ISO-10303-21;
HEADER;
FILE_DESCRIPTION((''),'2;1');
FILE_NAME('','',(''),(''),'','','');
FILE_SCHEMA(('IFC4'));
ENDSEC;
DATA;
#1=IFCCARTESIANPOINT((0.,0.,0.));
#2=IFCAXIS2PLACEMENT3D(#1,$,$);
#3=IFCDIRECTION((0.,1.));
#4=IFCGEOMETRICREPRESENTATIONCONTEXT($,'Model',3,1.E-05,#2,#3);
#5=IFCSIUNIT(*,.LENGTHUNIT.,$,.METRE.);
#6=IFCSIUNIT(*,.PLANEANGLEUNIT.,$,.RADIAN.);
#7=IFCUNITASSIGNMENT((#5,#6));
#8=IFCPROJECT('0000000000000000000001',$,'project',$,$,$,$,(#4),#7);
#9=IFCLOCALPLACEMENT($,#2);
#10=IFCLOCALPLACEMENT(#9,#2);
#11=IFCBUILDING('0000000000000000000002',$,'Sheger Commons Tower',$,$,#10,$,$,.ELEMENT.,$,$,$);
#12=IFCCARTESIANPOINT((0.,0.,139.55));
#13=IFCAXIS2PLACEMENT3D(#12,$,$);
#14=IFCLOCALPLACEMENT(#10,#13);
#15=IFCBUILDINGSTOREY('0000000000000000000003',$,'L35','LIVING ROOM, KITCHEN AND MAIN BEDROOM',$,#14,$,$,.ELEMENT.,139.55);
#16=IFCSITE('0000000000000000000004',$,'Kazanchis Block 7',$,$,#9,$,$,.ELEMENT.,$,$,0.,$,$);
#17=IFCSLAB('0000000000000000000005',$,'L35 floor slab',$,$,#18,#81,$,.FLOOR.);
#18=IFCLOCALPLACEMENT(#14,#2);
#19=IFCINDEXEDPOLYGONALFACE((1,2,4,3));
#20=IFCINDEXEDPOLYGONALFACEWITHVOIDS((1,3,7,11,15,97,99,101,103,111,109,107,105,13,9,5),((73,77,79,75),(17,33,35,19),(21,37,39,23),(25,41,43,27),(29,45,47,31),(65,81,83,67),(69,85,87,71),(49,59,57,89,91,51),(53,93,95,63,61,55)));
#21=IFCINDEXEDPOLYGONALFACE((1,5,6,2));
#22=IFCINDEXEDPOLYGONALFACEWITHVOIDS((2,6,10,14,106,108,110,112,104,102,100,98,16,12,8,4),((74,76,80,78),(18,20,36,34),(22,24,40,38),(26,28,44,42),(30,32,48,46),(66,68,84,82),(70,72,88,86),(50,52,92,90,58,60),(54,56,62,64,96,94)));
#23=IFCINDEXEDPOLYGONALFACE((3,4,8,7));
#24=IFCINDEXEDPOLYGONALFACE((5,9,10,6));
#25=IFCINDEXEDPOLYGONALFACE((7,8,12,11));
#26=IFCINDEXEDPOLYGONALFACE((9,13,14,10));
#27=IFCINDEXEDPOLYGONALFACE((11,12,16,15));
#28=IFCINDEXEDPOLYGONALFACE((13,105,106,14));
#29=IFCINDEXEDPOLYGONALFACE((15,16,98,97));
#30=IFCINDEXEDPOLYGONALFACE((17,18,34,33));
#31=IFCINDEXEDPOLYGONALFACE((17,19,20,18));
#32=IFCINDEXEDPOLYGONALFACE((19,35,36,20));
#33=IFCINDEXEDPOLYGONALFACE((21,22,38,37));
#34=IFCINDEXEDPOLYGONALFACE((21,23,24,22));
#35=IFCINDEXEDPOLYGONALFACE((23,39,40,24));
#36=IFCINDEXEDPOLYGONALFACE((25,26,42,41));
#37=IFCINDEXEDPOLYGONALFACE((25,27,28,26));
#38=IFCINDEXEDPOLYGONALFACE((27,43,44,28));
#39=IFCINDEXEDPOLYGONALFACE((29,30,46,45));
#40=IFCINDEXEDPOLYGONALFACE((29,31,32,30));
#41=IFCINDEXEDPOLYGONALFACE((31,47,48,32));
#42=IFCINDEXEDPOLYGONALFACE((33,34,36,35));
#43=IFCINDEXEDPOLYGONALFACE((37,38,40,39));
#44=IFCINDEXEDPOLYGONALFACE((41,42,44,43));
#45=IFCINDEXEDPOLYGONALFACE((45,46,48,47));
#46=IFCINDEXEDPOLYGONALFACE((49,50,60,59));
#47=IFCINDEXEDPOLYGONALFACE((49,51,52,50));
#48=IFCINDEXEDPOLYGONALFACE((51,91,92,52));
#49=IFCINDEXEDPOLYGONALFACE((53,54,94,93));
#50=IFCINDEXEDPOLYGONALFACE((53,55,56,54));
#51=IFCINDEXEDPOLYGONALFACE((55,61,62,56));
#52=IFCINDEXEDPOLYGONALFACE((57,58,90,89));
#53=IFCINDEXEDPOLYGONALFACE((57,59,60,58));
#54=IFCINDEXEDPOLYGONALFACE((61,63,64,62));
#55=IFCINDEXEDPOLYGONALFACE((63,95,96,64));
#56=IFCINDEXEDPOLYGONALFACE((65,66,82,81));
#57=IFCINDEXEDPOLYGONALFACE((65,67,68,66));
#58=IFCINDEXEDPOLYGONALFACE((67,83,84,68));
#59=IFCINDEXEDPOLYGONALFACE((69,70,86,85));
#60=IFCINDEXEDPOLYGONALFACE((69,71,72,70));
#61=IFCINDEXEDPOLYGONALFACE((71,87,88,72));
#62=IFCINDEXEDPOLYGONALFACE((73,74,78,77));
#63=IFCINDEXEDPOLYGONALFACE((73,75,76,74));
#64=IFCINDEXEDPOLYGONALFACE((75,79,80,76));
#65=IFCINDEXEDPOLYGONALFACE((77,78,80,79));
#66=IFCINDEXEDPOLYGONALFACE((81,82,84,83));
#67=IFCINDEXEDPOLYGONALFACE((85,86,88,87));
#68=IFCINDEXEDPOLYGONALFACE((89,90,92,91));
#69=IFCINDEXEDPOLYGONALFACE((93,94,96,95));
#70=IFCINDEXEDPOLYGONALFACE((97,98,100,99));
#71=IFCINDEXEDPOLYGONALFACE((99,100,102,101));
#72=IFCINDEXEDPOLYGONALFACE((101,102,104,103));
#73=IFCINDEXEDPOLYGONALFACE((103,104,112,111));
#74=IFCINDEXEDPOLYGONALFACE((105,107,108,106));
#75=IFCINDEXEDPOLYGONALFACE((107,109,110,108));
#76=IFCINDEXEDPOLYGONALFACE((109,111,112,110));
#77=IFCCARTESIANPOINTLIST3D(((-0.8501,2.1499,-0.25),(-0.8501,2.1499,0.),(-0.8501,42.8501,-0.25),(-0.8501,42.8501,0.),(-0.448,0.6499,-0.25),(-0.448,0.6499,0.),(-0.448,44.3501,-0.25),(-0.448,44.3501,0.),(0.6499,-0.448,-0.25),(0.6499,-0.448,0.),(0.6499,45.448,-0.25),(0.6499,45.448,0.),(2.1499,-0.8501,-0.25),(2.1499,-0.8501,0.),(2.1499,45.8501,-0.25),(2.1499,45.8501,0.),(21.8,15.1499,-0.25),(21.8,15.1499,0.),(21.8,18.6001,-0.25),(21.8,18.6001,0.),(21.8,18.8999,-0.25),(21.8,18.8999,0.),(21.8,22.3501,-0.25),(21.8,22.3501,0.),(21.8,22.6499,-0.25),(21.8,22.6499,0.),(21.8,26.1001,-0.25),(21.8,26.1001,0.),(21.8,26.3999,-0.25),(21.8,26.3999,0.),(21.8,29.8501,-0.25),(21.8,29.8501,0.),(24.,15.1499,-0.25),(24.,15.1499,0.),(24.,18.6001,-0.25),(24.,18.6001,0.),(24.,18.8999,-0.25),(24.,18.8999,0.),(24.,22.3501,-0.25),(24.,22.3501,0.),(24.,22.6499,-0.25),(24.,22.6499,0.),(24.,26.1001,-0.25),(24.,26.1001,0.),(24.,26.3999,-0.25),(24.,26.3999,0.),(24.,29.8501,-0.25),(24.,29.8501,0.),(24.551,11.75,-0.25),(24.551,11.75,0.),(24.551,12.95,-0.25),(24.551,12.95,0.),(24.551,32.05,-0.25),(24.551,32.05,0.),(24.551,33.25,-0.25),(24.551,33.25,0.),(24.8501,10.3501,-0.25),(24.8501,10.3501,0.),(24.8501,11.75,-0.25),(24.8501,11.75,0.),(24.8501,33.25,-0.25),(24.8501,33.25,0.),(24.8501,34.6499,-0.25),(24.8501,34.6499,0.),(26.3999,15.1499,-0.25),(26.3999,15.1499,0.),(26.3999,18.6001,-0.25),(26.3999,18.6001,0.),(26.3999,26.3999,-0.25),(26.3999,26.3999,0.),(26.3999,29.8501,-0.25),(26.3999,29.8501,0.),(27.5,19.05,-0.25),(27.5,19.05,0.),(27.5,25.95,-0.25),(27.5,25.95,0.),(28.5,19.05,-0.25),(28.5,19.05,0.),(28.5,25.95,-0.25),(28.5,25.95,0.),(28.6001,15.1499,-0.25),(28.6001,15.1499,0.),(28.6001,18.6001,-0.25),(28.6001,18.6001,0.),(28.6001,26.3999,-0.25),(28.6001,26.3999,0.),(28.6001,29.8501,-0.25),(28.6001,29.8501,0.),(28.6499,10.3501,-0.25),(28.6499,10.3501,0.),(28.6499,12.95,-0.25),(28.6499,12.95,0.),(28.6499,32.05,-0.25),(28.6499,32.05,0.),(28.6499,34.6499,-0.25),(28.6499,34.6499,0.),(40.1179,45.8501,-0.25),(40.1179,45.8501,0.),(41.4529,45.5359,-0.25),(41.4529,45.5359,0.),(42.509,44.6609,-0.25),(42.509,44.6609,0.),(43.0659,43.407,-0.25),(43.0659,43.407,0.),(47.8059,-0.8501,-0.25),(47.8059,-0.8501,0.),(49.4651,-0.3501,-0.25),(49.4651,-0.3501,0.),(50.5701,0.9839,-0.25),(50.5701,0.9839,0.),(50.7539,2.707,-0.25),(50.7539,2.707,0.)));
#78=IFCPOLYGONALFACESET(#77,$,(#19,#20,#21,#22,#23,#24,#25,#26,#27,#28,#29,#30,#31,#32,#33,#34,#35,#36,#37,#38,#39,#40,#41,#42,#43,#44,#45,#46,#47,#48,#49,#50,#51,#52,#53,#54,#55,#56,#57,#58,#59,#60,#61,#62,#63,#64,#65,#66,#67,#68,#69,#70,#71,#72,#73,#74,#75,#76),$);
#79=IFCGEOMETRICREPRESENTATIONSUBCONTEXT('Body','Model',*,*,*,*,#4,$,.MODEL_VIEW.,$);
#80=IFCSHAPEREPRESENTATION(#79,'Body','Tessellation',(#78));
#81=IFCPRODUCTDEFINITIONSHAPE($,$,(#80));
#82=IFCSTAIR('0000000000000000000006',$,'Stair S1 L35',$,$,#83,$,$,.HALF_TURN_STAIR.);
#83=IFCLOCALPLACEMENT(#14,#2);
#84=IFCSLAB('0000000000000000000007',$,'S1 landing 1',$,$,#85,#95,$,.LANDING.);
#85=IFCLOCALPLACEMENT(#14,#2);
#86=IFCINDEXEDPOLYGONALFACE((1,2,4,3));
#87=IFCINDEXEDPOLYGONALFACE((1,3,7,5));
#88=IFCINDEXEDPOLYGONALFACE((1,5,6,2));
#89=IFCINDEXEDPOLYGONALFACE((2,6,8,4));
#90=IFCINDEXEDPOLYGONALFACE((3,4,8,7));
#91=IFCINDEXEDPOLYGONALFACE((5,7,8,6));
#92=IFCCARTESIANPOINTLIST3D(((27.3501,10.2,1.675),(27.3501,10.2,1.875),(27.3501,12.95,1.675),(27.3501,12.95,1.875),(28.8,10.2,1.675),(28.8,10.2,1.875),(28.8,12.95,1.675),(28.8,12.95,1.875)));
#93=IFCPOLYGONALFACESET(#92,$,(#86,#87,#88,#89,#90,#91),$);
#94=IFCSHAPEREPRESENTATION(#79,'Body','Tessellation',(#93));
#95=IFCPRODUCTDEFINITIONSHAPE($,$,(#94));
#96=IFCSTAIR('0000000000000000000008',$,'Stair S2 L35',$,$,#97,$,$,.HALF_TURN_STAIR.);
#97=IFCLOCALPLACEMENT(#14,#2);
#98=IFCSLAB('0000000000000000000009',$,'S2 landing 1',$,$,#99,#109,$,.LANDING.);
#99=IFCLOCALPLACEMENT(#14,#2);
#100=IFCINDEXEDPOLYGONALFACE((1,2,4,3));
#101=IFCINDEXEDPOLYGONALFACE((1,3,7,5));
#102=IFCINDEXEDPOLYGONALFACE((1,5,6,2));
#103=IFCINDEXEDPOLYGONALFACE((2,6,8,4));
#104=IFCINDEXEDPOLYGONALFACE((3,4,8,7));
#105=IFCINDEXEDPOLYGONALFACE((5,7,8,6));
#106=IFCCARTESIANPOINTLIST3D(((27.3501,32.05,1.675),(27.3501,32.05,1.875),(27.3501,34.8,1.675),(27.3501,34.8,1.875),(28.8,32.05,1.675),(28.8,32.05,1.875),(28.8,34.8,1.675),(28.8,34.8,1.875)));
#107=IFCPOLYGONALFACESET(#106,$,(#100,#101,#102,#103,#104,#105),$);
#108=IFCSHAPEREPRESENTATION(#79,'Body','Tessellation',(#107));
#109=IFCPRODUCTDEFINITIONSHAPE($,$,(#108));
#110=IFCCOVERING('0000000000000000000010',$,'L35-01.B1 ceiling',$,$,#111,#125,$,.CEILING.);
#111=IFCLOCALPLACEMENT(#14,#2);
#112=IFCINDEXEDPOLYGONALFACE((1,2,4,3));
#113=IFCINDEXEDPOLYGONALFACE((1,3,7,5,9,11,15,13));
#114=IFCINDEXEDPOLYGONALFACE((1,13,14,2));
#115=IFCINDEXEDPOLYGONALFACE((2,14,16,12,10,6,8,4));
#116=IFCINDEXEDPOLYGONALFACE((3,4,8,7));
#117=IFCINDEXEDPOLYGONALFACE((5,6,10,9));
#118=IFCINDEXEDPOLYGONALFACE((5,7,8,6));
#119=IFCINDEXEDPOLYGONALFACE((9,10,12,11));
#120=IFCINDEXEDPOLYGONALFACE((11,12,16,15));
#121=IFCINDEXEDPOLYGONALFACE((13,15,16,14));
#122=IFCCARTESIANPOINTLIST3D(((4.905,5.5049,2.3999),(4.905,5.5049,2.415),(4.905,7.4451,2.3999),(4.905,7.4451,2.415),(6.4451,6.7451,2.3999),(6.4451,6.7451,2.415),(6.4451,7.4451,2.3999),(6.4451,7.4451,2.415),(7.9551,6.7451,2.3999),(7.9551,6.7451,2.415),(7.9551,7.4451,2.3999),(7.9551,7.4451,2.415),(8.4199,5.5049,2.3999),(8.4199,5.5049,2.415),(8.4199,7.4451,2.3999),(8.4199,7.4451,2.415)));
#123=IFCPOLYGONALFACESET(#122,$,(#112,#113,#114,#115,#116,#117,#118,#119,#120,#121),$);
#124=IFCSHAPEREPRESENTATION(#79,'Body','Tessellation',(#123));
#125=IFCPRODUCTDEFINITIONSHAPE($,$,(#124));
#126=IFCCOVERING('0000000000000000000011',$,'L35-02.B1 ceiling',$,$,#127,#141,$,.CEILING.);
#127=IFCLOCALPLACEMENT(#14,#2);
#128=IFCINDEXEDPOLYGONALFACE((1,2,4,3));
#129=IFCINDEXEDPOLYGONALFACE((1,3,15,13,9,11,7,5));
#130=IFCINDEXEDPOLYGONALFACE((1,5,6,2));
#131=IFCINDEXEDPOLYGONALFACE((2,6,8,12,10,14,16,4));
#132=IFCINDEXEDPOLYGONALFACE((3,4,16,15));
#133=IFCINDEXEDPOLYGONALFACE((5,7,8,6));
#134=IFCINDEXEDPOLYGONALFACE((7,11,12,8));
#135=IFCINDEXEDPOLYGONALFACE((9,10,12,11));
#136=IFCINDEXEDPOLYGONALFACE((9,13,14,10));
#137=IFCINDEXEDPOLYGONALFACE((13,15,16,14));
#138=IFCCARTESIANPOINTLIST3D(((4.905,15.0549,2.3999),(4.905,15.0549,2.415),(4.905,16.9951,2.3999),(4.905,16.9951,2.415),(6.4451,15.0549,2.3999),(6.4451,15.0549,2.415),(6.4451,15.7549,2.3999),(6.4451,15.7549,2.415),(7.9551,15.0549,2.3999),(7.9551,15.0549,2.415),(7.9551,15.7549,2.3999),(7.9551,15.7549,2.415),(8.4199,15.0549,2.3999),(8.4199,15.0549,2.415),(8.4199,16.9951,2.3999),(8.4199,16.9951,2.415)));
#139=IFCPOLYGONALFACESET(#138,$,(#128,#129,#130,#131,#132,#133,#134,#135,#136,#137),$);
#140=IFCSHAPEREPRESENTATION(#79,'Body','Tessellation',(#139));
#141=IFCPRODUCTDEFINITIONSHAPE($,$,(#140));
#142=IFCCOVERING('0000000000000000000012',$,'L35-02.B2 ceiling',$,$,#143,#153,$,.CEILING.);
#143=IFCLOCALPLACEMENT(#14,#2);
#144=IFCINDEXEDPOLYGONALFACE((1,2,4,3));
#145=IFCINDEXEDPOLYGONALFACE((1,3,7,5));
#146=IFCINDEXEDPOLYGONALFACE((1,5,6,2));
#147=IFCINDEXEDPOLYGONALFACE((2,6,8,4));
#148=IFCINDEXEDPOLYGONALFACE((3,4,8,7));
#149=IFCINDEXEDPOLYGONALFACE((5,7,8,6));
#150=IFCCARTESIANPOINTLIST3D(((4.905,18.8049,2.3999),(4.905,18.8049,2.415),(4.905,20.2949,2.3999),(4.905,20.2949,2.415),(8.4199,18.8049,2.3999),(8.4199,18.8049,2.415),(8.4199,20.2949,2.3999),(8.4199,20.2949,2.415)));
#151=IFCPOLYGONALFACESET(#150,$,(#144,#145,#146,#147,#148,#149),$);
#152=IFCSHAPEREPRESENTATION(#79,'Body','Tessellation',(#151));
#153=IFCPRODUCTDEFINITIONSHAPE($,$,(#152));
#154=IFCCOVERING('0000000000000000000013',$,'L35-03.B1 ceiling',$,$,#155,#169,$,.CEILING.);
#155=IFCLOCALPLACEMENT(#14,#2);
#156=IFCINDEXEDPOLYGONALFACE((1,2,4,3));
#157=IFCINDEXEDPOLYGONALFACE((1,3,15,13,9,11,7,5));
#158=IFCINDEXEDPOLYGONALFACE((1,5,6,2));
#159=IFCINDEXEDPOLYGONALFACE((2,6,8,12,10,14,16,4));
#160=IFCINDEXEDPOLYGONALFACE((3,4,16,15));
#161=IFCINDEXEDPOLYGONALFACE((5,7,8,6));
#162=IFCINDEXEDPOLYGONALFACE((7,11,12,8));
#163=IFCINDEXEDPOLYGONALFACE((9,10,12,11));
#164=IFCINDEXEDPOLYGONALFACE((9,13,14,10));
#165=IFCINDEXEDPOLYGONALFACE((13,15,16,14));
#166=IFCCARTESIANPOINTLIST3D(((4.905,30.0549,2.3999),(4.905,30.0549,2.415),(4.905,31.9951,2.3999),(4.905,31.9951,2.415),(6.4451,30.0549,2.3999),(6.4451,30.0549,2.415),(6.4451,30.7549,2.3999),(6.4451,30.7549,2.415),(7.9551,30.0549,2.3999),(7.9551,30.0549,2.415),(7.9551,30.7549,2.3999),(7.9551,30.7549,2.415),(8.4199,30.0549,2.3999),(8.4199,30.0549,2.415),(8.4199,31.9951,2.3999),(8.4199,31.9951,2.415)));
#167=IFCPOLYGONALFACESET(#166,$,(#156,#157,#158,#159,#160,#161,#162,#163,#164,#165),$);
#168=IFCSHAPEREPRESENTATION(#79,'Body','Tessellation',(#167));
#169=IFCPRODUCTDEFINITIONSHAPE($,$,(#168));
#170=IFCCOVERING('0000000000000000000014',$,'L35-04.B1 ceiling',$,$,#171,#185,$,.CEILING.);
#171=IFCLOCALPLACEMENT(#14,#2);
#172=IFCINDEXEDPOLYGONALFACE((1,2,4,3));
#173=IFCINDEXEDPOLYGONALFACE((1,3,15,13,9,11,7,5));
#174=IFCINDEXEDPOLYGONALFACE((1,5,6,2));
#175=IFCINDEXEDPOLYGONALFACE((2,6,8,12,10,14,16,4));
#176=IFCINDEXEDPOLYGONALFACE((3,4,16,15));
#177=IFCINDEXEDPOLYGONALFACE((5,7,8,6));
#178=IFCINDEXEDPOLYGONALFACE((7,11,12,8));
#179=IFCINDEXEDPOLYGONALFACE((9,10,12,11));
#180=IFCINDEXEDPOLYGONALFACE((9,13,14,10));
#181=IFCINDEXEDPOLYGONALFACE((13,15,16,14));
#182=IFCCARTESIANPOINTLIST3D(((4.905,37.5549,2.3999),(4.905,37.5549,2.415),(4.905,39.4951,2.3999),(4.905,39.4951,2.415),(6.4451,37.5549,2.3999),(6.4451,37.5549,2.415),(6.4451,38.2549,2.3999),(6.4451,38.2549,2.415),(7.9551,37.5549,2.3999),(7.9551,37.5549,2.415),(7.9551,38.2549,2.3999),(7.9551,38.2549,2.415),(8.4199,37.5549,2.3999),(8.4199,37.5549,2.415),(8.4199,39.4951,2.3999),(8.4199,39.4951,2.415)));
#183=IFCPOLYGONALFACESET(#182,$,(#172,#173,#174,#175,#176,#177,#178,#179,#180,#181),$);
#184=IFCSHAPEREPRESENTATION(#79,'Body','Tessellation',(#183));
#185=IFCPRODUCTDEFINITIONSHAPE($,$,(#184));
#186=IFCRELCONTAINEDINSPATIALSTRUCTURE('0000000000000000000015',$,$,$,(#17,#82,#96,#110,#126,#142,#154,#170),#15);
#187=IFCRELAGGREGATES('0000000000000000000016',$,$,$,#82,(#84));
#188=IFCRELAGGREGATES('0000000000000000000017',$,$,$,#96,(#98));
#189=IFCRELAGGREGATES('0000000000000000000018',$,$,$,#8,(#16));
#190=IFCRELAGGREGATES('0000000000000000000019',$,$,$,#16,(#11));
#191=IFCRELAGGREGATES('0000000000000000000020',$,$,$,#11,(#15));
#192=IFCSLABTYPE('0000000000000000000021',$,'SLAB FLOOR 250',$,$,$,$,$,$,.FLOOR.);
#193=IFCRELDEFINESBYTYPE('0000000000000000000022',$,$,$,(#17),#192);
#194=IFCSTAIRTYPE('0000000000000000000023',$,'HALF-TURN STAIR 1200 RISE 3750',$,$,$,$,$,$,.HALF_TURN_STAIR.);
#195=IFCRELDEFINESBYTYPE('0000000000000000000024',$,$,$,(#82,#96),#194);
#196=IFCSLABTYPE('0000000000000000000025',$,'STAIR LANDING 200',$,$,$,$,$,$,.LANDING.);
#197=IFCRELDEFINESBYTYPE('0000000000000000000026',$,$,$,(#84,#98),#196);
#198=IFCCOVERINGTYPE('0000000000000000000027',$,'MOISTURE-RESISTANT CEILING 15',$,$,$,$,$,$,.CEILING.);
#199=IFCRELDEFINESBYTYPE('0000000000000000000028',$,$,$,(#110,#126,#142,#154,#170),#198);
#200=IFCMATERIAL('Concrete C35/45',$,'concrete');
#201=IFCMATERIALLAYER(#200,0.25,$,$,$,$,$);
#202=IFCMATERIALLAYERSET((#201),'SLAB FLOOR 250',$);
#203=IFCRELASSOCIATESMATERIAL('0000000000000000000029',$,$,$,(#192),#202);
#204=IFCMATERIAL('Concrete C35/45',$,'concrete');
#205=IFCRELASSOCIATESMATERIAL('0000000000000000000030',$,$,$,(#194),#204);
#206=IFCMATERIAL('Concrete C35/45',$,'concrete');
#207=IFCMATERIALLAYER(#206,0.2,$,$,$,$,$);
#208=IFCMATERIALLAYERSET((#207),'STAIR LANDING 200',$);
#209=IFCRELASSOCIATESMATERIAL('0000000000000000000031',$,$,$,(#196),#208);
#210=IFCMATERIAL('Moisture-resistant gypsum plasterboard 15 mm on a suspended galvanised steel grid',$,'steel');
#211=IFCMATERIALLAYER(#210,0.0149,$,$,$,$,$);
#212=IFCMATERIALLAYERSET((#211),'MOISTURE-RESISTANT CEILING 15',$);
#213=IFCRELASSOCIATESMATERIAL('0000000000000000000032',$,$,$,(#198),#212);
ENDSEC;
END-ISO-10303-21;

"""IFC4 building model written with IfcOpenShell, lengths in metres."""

from ifc_helpers import new_model, si_unit, direction, frame, origin, place, context, subcontext, project, spatial, polyline, outline, extrude, material, layer, layer_set, type_object, element, aggregate, save


model = new_model("IFC4")

# Units and contexts
model_context = context("Model", 3, precision=1e-05, world=origin(), true_north=direction((0.0, 1.0)))
body_context = subcontext(model_context, "Body", "Model", "MODEL_VIEW")
ifc_project = project(units=[si_unit("LENGTHUNIT", "METRE"), si_unit("PLANEANGLEUNIT", "RADIAN")], contexts=[model_context])

# Site, building, storey
site_placement = place(None, origin())
site = spatial("IfcSite", under=ifc_project, at=site_placement, Name="Kazanchis Block 7", CompositionType="ELEMENT", RefElevation=0.0)
building_placement = place(site_placement, origin())
building = spatial("IfcBuilding", under=site, at=building_placement, Name="Sheger Commons Tower", CompositionType="ELEMENT")
storey_placement = place(building_placement, frame((0.0, 0.0, 139.55)))
storey = spatial("IfcBuildingStorey", under=building, at=storey_placement, Name="L35", Description="LIVING ROOM, KITCHEN AND MAIN BEDROOM", CompositionType="ELEMENT", Elevation=139.55)

# Slab
ifc_material_1 = material(Name="Concrete C35/45", Category="concrete")
ifc_layer_1 = layer(ifc_material_1, 0.25)
ifc_layer_set_1 = layer_set([ifc_layer_1], Name="SLAB FLOOR 250")
slab_type_1 = type_object("IfcSlabType", Name="SLAB FLOOR 250", PredefinedType="FLOOR", material=ifc_layer_set_1)
slab_1_placement = place(storey_placement, frame((0.0, 0.0, -0.25)))
element("IfcSlab", 1, at=slab_1_placement, inside=storey, type_object=slab_type_1, Name="L35 floor slab", PredefinedType="FLOOR", context=body_context, shape_type="SweptSolid", body=[
    extrude(outline(polyline([(-0.8501, 2.1499), (-0.448, 0.6499), (0.6499, -0.448), (2.1499, -0.8501), (47.8059, -0.8501), (49.4651, -0.3501), (50.5701, 0.9839), (50.7539, 2.707), (43.0659, 43.407), (42.509, 44.6609), (41.4529, 45.5359), (40.1179, 45.8501), (2.1499, 45.8501), (0.6499, 45.448), (-0.448, 44.3501), (-0.8501, 42.8501), (-0.8501, 2.1499)]), holes=[polyline([(24.8501, 10.3501), (28.6499, 10.3501), (28.6499, 12.95), (24.551, 12.95), (24.551, 11.75), (24.8501, 11.75), (24.8501, 10.3501)]), polyline([(24.551, 32.05), (28.6499, 32.05), (28.6499, 34.6499), (24.8501, 34.6499), (24.8501, 33.25), (24.551, 33.25), (24.551, 32.05)]), polyline([(26.3999, 15.1499), (28.6001, 15.1499), (28.6001, 18.6001), (26.3999, 18.6001), (26.3999, 15.1499)]), polyline([(26.3999, 26.3999), (28.6001, 26.3999), (28.6001, 29.8501), (26.3999, 29.8501), (26.3999, 26.3999)]), polyline([(21.8, 15.1499), (24.0, 15.1499), (24.0, 18.6001), (21.8, 18.6001), (21.8, 15.1499)]), polyline([(21.8, 18.8999), (24.0, 18.8999), (24.0, 22.3501), (21.8, 22.3501), (21.8, 18.8999)]), polyline([(21.8, 22.6499), (24.0, 22.6499), (24.0, 26.1001), (21.8, 26.1001), (21.8, 22.6499)]), polyline([(21.8, 26.3999), (24.0, 26.3999), (24.0, 29.8501), (21.8, 29.8501), (21.8, 26.3999)]), polyline([(27.5, 19.05), (28.5, 19.05), (28.5, 25.95), (27.5, 25.95), (27.5, 19.05)])]), origin(), (0.0, 0.0, 1.0), 0.25),
])

# Stairs, slabs
ifc_material_2 = material(Name="Concrete C35/45", Category="concrete")
stair_type = type_object("IfcStairType", Name="HALF-TURN STAIR 1200 RISE 3750", PredefinedType="HALF_TURN_STAIR", material=ifc_material_2)
stair_1_placement = place(storey_placement, origin())
stair_1 = element("IfcStair", 2, at=stair_1_placement, inside=storey, type_object=stair_type, Name="Stair S1 L35", PredefinedType="HALF_TURN_STAIR")
ifc_material_3 = material(Name="Concrete C35/45", Category="concrete")
ifc_layer_2 = layer(ifc_material_3, 0.2)
ifc_layer_set_2 = layer_set([ifc_layer_2], Name="STAIR LANDING 200")
slab_type_2 = type_object("IfcSlabType", Name="STAIR LANDING 200", PredefinedType="LANDING", material=ifc_layer_set_2)
slab_2_placement = place(storey_placement, frame((0.0, 0.0, 1.675)))
slab_2 = element("IfcSlab", 3, at=slab_2_placement, type_object=slab_type_2, Name="S1 landing 1", PredefinedType="LANDING", context=body_context, shape_type="SweptSolid", body=[
    extrude(outline(polyline([(27.3501, 10.2), (28.8, 10.2), (28.8, 12.95), (27.3501, 12.95), (27.3501, 10.2)])), origin(), (0.0, 0.0, 1.0), 0.2),
])
aggregate(stair_1, [slab_2])
stair_2_placement = place(storey_placement, origin())
stair_2 = element("IfcStair", 4, at=stair_2_placement, inside=storey, type_object=stair_type, Name="Stair S2 L35", PredefinedType="HALF_TURN_STAIR")
slab_3_placement = place(storey_placement, frame((0.0, 0.0, 1.675)))
slab_3 = element("IfcSlab", 5, at=slab_3_placement, type_object=slab_type_2, Name="S2 landing 1", PredefinedType="LANDING", context=body_context, shape_type="SweptSolid", body=[
    extrude(outline(polyline([(27.3501, 32.05), (28.8, 32.05), (28.8, 34.8), (27.3501, 34.8), (27.3501, 32.05)])), origin(), (0.0, 0.0, 1.0), 0.2),
])
aggregate(stair_2, [slab_3])

# Coverings
ifc_material_4 = material(Name="Moisture-resistant gypsum plasterboard 15 mm on a suspended galvanised steel grid", Category="steel")
ifc_layer_3 = layer(ifc_material_4, 0.0149)
ifc_layer_set_3 = layer_set([ifc_layer_3], Name="MOISTURE-RESISTANT CEILING 15")
covering_type_1 = type_object("IfcCoveringType", Name="MOISTURE-RESISTANT CEILING 15", PredefinedType="CEILING", material=ifc_layer_set_3)
covering_1_placement = place(storey_placement, frame((0.0, 0.0, 2.3999)))
element("IfcCovering", 6, at=covering_1_placement, inside=storey, type_object=covering_type_1, Name="L35-01.B1 ceiling", PredefinedType="CEILING", context=body_context, shape_type="SweptSolid", body=[
    extrude(outline(polyline([(4.905, 5.5049), (8.4199, 5.5049), (8.4199, 7.4451), (7.9551, 7.4451), (7.9551, 6.7451), (6.4451, 6.7451), (6.4451, 7.4451), (4.905, 7.4451), (4.905, 5.5049)])), origin(), (0.0, 0.0, 1.0), 0.0151),
])
covering_2_placement = place(storey_placement, frame((0.0, 0.0, 2.3999)))
element("IfcCovering", 7, at=covering_2_placement, inside=storey, type_object=covering_type_1, Name="L35-02.B1 ceiling", PredefinedType="CEILING", context=body_context, shape_type="SweptSolid", body=[
    extrude(outline(polyline([(4.905, 15.0549), (6.4451, 15.0549), (6.4451, 15.7549), (7.9551, 15.7549), (7.9551, 15.0549), (8.4199, 15.0549), (8.4199, 16.9951), (4.905, 16.9951), (4.905, 15.0549)])), origin(), (0.0, 0.0, 1.0), 0.0151),
])
covering_3_placement = place(storey_placement, frame((0.0, 0.0, 2.3999)))
element("IfcCovering", 8, at=covering_3_placement, inside=storey, type_object=covering_type_1, Name="L35-02.B2 ceiling", PredefinedType="CEILING", context=body_context, shape_type="SweptSolid", body=[
    extrude(outline(polyline([(4.905, 18.8049), (8.4199, 18.8049), (8.4199, 20.2949), (4.905, 20.2949), (4.905, 18.8049)])), origin(), (0.0, 0.0, 1.0), 0.0151),
])
covering_4_placement = place(storey_placement, frame((0.0, 0.0, 2.3999)))
element("IfcCovering", 9, at=covering_4_placement, inside=storey, type_object=covering_type_1, Name="L35-03.B1 ceiling", PredefinedType="CEILING", context=body_context, shape_type="SweptSolid", body=[
    extrude(outline(polyline([(4.905, 30.0549), (6.4451, 30.0549), (6.4451, 30.7549), (7.9551, 30.7549), (7.9551, 30.0549), (8.4199, 30.0549), (8.4199, 31.9951), (4.905, 31.9951), (4.905, 30.0549)])), origin(), (0.0, 0.0, 1.0), 0.0151),
])
covering_5_placement = place(storey_placement, frame((0.0, 0.0, 2.3999)))
element("IfcCovering", 10, at=covering_5_placement, inside=storey, type_object=covering_type_1, Name="L35-04.B1 ceiling", PredefinedType="CEILING", context=body_context, shape_type="SweptSolid", body=[
    extrude(outline(polyline([(4.905, 37.5549), (6.4451, 37.5549), (6.4451, 38.2549), (7.9551, 38.2549), (7.9551, 37.5549), (8.4199, 37.5549), (8.4199, 39.4951), (4.905, 39.4951), (4.905, 37.5549)])), origin(), (0.0, 0.0, 1.0), 0.0151),
])

save(model, "model.ifc")
